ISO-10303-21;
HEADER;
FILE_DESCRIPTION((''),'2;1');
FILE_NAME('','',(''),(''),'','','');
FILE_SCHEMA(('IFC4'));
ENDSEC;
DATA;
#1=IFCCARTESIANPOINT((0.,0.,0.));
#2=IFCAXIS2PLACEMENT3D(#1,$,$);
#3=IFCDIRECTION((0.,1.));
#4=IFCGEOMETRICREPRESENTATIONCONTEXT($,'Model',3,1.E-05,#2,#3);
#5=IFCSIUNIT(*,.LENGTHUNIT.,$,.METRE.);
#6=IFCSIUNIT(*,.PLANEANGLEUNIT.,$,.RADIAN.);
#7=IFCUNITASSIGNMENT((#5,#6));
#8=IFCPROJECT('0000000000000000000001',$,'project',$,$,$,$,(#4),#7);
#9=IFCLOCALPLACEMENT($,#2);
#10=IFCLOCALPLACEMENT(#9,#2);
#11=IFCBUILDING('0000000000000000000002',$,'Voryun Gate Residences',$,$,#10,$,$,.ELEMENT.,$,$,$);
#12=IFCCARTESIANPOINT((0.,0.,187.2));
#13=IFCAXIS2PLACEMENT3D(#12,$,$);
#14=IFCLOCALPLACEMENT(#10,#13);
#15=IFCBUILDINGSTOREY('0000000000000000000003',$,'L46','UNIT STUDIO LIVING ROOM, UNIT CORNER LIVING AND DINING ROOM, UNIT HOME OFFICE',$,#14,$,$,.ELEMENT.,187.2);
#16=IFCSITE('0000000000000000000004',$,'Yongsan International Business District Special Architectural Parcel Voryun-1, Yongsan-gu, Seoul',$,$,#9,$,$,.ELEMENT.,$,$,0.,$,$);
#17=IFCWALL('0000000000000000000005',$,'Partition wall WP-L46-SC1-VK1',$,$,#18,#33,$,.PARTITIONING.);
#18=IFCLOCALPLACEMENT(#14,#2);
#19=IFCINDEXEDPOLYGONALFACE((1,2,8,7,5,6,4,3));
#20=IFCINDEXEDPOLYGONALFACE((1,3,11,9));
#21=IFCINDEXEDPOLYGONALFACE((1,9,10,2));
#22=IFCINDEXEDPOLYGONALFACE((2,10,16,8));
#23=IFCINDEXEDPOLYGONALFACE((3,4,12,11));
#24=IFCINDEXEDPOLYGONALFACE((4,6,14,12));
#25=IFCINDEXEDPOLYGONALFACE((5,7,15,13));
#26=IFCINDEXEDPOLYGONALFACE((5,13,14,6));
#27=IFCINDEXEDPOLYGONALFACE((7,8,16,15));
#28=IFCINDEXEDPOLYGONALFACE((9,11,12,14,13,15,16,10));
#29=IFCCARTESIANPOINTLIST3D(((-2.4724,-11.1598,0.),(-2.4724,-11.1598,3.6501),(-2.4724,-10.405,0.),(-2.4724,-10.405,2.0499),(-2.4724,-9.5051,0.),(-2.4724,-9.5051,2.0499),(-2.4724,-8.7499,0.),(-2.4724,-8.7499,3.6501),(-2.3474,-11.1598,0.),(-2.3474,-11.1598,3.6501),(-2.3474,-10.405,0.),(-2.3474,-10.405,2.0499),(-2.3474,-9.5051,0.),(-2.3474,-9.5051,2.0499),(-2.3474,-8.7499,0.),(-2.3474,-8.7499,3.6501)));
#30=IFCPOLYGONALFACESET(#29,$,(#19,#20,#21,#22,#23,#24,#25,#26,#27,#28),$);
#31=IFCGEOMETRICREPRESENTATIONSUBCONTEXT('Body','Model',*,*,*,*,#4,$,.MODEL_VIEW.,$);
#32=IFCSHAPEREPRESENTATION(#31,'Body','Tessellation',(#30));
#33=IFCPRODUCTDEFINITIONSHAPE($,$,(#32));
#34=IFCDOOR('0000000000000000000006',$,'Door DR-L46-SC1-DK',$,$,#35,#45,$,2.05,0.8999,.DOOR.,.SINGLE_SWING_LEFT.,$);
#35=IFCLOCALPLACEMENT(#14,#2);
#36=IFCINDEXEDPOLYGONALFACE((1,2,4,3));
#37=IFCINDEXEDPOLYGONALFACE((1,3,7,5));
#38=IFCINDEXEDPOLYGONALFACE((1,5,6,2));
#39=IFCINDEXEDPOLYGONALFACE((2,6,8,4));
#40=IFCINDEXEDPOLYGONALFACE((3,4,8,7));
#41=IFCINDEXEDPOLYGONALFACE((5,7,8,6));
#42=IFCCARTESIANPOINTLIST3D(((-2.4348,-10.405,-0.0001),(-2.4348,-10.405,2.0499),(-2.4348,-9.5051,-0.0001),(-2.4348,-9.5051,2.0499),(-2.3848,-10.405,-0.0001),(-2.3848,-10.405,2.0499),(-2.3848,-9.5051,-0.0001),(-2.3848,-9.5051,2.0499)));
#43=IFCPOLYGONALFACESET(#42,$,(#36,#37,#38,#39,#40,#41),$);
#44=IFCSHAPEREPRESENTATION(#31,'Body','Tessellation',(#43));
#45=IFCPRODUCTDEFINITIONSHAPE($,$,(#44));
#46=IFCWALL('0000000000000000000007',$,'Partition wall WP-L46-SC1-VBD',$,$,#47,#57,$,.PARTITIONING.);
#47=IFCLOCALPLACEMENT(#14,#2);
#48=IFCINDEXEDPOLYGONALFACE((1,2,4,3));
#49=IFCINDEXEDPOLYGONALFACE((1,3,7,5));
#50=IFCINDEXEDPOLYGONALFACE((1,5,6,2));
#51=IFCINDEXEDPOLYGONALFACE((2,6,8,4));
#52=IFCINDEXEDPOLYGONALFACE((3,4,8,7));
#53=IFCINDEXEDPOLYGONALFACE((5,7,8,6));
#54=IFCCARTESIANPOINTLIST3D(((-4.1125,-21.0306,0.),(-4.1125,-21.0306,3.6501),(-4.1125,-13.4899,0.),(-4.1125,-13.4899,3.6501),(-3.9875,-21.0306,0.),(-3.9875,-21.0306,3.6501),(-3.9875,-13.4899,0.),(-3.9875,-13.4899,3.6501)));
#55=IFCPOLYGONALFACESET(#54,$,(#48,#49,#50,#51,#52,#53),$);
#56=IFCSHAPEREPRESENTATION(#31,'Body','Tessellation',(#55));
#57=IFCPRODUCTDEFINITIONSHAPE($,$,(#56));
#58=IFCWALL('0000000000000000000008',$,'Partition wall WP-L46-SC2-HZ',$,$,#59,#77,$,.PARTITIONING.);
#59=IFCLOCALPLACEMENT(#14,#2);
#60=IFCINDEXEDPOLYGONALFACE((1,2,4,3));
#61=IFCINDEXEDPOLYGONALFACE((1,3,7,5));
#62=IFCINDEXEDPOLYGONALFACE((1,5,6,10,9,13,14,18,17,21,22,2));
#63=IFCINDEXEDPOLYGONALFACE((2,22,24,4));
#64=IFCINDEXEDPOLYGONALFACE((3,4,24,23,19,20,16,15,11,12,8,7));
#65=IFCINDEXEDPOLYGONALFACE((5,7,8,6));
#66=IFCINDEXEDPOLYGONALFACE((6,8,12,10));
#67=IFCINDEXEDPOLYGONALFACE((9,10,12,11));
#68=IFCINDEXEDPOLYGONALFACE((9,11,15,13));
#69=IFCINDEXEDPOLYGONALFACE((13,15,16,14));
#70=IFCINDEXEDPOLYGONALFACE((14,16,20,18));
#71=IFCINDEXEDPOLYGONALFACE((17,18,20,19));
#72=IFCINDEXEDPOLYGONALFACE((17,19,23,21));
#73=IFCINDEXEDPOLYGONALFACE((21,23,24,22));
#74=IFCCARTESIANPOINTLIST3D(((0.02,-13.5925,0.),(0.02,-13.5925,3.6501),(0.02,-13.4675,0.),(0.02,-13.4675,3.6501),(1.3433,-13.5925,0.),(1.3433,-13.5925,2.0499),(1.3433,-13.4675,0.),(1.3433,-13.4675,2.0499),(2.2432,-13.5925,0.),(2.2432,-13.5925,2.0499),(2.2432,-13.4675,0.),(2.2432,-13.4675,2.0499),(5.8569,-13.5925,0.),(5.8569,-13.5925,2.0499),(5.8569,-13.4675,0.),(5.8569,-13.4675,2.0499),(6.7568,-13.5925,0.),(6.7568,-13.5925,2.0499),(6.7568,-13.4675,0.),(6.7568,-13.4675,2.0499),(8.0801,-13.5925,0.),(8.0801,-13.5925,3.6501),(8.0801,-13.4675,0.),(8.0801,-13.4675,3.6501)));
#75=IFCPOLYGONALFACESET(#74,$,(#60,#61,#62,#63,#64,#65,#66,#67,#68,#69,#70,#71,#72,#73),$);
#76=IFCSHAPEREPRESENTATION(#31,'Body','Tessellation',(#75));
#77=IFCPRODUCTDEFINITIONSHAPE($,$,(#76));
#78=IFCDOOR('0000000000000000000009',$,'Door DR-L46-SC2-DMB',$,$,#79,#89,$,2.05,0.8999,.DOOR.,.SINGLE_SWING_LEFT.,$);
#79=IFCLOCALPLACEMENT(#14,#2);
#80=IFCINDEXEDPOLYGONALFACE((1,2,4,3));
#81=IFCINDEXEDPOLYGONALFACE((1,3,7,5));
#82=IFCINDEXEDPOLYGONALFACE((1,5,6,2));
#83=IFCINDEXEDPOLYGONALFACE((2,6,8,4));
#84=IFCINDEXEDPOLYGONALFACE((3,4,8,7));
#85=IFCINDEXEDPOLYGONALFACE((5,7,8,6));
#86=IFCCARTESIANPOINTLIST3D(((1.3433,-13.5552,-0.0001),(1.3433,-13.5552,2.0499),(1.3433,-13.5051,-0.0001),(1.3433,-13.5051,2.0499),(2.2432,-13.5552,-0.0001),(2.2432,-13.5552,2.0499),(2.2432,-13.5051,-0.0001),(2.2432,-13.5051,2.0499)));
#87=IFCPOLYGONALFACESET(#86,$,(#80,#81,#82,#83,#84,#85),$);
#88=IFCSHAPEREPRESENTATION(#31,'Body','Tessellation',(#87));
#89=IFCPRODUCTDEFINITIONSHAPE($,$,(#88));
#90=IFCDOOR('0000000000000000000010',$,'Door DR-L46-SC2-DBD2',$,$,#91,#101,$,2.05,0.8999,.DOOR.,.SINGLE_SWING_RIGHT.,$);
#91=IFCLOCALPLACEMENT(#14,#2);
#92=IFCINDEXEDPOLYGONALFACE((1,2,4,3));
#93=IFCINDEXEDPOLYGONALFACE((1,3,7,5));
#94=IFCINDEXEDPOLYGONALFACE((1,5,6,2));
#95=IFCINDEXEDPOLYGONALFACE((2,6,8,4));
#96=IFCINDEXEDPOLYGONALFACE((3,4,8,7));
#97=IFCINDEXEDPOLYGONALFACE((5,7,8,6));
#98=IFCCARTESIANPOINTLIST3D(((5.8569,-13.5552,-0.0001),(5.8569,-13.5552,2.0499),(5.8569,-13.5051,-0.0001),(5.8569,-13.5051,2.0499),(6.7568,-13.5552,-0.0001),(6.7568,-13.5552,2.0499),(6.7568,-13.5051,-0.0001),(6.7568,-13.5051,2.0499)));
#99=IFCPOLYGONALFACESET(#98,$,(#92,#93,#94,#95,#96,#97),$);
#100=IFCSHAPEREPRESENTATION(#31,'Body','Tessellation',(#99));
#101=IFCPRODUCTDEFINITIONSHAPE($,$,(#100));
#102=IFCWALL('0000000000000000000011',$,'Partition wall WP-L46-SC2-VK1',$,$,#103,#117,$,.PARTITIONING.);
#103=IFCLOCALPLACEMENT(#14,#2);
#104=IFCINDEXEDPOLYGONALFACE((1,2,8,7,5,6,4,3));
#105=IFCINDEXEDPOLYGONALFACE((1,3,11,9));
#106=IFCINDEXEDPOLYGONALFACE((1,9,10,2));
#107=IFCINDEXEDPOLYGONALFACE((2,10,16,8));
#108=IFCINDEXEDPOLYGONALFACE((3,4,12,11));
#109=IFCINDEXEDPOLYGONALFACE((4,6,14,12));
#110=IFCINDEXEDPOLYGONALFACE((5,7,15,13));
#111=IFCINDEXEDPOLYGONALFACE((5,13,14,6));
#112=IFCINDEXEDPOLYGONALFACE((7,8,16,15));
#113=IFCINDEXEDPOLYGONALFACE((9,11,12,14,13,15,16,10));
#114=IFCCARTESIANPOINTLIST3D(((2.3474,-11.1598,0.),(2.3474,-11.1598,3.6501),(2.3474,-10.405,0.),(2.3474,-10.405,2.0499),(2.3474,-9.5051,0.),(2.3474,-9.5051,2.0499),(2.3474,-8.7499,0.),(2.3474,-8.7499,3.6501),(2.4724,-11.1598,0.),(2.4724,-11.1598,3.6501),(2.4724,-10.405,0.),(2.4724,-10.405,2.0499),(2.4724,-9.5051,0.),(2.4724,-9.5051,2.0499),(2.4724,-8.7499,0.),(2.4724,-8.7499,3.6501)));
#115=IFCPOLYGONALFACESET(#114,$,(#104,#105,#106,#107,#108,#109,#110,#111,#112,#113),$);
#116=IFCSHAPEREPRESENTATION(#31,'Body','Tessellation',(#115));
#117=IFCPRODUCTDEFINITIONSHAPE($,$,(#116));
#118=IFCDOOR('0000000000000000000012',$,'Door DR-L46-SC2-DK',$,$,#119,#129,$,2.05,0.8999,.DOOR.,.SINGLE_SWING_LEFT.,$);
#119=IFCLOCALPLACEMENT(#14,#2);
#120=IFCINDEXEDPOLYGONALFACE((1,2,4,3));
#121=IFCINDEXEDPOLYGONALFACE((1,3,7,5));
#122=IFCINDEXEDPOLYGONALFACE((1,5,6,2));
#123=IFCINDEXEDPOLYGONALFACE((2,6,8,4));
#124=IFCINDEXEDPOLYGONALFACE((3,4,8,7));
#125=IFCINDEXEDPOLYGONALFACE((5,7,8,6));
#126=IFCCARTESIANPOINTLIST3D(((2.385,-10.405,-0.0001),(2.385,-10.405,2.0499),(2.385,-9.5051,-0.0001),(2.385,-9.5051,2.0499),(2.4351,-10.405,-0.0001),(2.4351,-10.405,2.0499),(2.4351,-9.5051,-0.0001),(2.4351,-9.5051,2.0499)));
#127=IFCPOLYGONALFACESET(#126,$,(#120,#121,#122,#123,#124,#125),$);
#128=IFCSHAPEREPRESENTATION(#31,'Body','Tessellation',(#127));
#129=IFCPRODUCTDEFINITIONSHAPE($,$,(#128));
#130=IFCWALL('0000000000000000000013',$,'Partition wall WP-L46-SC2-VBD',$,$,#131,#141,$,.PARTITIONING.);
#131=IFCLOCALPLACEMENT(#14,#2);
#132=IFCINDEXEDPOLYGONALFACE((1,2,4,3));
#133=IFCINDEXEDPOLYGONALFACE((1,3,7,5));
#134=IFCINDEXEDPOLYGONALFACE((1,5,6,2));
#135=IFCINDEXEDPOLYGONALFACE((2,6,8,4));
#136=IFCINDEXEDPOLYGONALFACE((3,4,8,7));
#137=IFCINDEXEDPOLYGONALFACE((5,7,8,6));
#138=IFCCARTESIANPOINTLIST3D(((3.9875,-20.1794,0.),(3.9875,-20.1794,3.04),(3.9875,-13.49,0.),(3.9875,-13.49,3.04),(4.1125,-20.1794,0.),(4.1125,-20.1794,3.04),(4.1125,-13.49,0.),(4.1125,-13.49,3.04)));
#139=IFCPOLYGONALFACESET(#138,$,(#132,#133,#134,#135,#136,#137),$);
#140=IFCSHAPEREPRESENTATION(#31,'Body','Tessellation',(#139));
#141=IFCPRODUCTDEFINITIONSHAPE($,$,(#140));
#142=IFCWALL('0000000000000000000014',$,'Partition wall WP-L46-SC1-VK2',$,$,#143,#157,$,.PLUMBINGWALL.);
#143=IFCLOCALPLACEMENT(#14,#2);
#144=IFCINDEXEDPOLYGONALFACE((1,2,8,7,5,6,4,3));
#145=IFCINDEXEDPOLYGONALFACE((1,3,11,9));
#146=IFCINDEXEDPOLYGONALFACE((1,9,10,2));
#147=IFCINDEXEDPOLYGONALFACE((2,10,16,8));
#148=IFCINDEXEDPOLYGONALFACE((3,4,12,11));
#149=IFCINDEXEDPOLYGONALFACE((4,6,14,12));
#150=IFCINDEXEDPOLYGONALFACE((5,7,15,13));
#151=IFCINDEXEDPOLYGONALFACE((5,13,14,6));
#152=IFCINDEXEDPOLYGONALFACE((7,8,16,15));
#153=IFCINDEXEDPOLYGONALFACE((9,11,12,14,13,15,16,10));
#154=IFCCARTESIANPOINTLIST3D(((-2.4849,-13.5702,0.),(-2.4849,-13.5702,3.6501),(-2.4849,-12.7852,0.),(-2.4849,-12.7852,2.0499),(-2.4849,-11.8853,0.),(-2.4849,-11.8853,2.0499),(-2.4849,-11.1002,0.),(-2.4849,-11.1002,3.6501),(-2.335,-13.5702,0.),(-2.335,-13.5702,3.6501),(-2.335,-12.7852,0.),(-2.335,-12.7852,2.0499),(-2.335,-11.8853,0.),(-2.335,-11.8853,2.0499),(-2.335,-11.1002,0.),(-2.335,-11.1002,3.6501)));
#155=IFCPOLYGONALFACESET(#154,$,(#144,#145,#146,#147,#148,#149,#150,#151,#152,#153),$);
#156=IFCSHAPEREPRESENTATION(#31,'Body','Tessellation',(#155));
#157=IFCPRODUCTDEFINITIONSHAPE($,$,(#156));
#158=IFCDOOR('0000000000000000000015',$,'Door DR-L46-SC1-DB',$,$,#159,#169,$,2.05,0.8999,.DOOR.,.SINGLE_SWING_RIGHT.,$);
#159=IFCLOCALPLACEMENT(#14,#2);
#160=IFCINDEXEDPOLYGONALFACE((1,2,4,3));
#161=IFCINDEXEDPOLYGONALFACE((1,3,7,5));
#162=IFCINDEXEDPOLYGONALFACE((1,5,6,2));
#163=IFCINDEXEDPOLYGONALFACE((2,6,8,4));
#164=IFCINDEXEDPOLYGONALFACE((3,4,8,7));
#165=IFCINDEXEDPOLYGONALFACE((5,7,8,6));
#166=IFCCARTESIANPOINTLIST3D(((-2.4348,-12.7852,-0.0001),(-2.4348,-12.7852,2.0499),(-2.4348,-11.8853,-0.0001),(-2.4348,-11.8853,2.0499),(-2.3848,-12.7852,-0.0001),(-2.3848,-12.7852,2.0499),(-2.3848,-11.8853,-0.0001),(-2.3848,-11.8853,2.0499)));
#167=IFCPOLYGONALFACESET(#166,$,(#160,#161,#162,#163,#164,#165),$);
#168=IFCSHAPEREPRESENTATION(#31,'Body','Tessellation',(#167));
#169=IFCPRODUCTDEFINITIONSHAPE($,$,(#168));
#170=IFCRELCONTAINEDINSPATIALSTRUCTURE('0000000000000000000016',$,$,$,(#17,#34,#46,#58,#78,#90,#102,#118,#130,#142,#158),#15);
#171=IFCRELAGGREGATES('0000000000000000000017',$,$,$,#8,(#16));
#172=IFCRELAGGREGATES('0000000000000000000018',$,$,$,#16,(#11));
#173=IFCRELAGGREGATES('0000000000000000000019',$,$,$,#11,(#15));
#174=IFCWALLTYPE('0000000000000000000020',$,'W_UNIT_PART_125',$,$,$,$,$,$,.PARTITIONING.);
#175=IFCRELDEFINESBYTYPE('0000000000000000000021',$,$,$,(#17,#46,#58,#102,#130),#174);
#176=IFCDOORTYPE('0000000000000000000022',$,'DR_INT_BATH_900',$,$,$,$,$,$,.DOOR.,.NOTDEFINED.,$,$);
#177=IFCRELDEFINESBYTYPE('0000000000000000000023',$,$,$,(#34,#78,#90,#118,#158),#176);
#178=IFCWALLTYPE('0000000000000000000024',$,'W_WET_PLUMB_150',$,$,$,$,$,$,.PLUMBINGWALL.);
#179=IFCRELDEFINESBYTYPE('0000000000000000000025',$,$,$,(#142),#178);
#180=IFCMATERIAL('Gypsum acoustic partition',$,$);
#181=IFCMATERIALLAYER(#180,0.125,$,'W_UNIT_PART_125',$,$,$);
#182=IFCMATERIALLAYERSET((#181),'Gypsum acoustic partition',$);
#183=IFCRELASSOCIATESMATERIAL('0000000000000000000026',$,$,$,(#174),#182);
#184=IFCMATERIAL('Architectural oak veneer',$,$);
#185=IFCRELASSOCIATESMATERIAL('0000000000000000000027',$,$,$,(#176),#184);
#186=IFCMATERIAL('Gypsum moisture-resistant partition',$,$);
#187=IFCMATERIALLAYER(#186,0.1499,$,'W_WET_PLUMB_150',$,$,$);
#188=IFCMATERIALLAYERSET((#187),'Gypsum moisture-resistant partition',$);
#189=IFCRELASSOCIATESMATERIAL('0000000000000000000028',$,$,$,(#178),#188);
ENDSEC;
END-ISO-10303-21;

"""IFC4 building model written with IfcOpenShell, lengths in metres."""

from ifc_helpers import new_model, si_unit, direction, frame, frame_2d, origin, place, context, subcontext, project, spatial, rectangle, extrude, material, layer, layer_set, type_object, element, fill, save


model = new_model("IFC4")

# Units and contexts
model_context = context("Model", 3, precision=1e-05, world=origin(), true_north=direction((0.0, 1.0)))
body_context = subcontext(model_context, "Body", "Model", "MODEL_VIEW")
ifc_project = project(units=[si_unit("LENGTHUNIT", "METRE"), si_unit("PLANEANGLEUNIT", "RADIAN")], contexts=[model_context])

# Site, building, storey
site_placement = place(None, origin())
site = spatial("IfcSite", under=ifc_project, at=site_placement, Name="Yongsan International Business District Special Architectural Parcel Voryun-1, Yongsan-gu, Seoul", CompositionType="ELEMENT", RefElevation=0.0)
building_placement = place(site_placement, origin())
building = spatial("IfcBuilding", under=site, at=building_placement, Name="Voryun Gate Residences", CompositionType="ELEMENT")
storey_placement = place(building_placement, frame((0.0, 0.0, 187.2)))
storey = spatial("IfcBuildingStorey", under=building, at=storey_placement, Name="L46", Description="UNIT STUDIO LIVING ROOM, UNIT CORNER LIVING AND DINING ROOM, UNIT HOME OFFICE", CompositionType="ELEMENT", Elevation=187.2)

# Wall, opening, door
ifc_material_1 = material(Name="Gypsum acoustic partition")
ifc_layer_1 = layer(ifc_material_1, 0.125, Name="W_UNIT_PART_125")
ifc_layer_set_1 = layer_set([ifc_layer_1], Name="Gypsum acoustic partition")
wall_type_1 = type_object("IfcWallType", Name="W_UNIT_PART_125", PredefinedType="PARTITIONING", material=ifc_layer_set_1)
wall_1_placement = place(storey_placement, frame((-2.4099, -11.1599, 0.0), z_axis=(0.0, 0.0, 1.0), x_axis=(0.0, 1.0, 0.0)))
wall_1 = element("IfcWall", 1, at=wall_1_placement, inside=storey, type_object=wall_type_1, Name="Partition wall WP-L46-SC1-VK1", PredefinedType="PARTITIONING", context=body_context, shape_type="SweptSolid", body=[
    extrude(rectangle(XDim=2.4099, YDim=0.125, at=frame_2d((1.2051, 0.0))), origin(), (0.0, 0.0, 1.0), 3.6501),
])
opening_1_placement = place(wall_1_placement, frame((0.7549, 0.0, 0.0)))
opening_1 = element("IfcOpeningElement", 2, at=opening_1_placement, cuts=wall_1, PredefinedType="OPENING", context=body_context, shape_type="SweptSolid", body=[
    extrude(rectangle(XDim=0.8999, YDim=2.05, at=frame_2d((0.45, 1.0249))), frame((0.0, 0.0725, 0.0), z_axis=(0.0, -1.0, 0.0), x_axis=(1.0, 0.0, 0.0)), (0.0, 0.0, 1.0), 0.145),
])
ifc_material_2 = material(Name="Architectural oak veneer")
door_type_1 = type_object("IfcDoorType", Name="DR_INT_BATH_900", OperationType="NOTDEFINED", PredefinedType="DOOR", material=ifc_material_2)
door_1_placement = place(opening_1_placement, origin())
door_1 = element("IfcDoor", 3, at=door_1_placement, inside=storey, type_object=door_type_1, Name="Door DR-L46-SC1-DK", OperationType="SINGLE_SWING_LEFT", OverallHeight=2.05, OverallWidth=0.8999, PredefinedType="DOOR", context=body_context, shape_type="SweptSolid", body=[
    extrude(rectangle(XDim=0.8999, YDim=2.05, at=frame_2d((0.45, 1.0249))), frame((0.0, 0.0249, 0.0), z_axis=(0.0, -1.0, 0.0), x_axis=(1.0, 0.0, 0.0)), (0.0, 0.0, 1.0), 0.05),
])
fill(opening_1, door_1)

# Wall
wall_2_placement = place(storey_placement, frame((-4.05, -21.0308, 0.0), z_axis=(0.0, 0.0, 1.0), x_axis=(0.0, 1.0, 0.0)))
element("IfcWall", 4, at=wall_2_placement, inside=storey, type_object=wall_type_1, Name="Partition wall WP-L46-SC1-VBD", PredefinedType="PARTITIONING", context=body_context, shape_type="SweptSolid", body=[
    extrude(rectangle(XDim=7.5408, YDim=0.125, at=frame_2d((3.7705, 0.0))), origin(), (0.0, 0.0, 1.0), 3.6501),
])

# Wall, openings, doors
wall_3_placement = place(storey_placement, frame((0.02, -13.53, 0.0), z_axis=(0.0, 0.0, 1.0), x_axis=(1.0, 0.0, 0.0)))
wall_3 = element("IfcWall", 5, at=wall_3_placement, inside=storey, type_object=wall_type_1, Name="Partition wall WP-L46-SC2-HZ", PredefinedType="PARTITIONING", context=body_context, shape_type="SweptSolid", body=[
    extrude(rectangle(XDim=8.0601, YDim=0.125, at=frame_2d((4.03, 0.0))), origin(), (0.0, 0.0, 1.0), 3.6501),
])
opening_2_placement = place(wall_3_placement, frame((1.3232, 0.0, 0.0)))
opening_2 = element("IfcOpeningElement", 6, at=opening_2_placement, cuts=wall_3, PredefinedType="OPENING", context=body_context, shape_type="SweptSolid", body=[
    extrude(rectangle(XDim=0.8999, YDim=2.05, at=frame_2d((0.45, 1.0249))), frame((0.0, 0.0725, 0.0), z_axis=(0.0, -1.0, 0.0), x_axis=(1.0, 0.0, 0.0)), (0.0, 0.0, 1.0), 0.145),
])
opening_3_placement = place(wall_3_placement, frame((5.8369, 0.0, 0.0)))
opening_3 = element("IfcOpeningElement", 7, at=opening_3_placement, cuts=wall_3, PredefinedType="OPENING", context=body_context, shape_type="SweptSolid", body=[
    extrude(rectangle(XDim=0.8999, YDim=2.05, at=frame_2d((0.45, 1.0249))), frame((0.0, 0.0725, 0.0), z_axis=(0.0, -1.0, 0.0), x_axis=(1.0, 0.0, 0.0)), (0.0, 0.0, 1.0), 0.145),
])
door_2_placement = place(opening_2_placement, origin())
door_2 = element("IfcDoor", 8, at=door_2_placement, inside=storey, type_object=door_type_1, Name="Door DR-L46-SC2-DMB", OperationType="SINGLE_SWING_LEFT", OverallHeight=2.05, OverallWidth=0.8999, PredefinedType="DOOR", context=body_context, shape_type="SweptSolid", body=[
    extrude(rectangle(XDim=0.8999, YDim=2.05, at=frame_2d((0.45, 1.0249))), frame((0.0, 0.0249, 0.0), z_axis=(0.0, -1.0, 0.0), x_axis=(1.0, 0.0, 0.0)), (0.0, 0.0, 1.0), 0.05),
])
fill(opening_2, door_2)
door_3_placement = place(opening_3_placement, origin())
door_3 = element("IfcDoor", 9, at=door_3_placement, inside=storey, type_object=door_type_1, Name="Door DR-L46-SC2-DBD2", OperationType="SINGLE_SWING_RIGHT", OverallHeight=2.05, OverallWidth=0.8999, PredefinedType="DOOR", context=body_context, shape_type="SweptSolid", body=[
    extrude(rectangle(XDim=0.8999, YDim=2.05, at=frame_2d((0.45, 1.0249))), frame((0.0, 0.0249, 0.0), z_axis=(0.0, -1.0, 0.0), x_axis=(1.0, 0.0, 0.0)), (0.0, 0.0, 1.0), 0.05),
])
fill(opening_3, door_3)

# Wall, opening, door
wall_4_placement = place(storey_placement, frame((2.4099, -11.1599, 0.0), z_axis=(0.0, 0.0, 1.0), x_axis=(0.0, 1.0, 0.0)))
wall_4 = element("IfcWall", 10, at=wall_4_placement, inside=storey, type_object=wall_type_1, Name="Partition wall WP-L46-SC2-VK1", PredefinedType="PARTITIONING", context=body_context, shape_type="SweptSolid", body=[
    extrude(rectangle(XDim=2.4099, YDim=0.125, at=frame_2d((1.2051, 0.0))), origin(), (0.0, 0.0, 1.0), 3.6501),
])
opening_4_placement = place(wall_4_placement, frame((0.7549, 0.0, 0.0)))
opening_4 = element("IfcOpeningElement", 11, at=opening_4_placement, cuts=wall_4, PredefinedType="OPENING", context=body_context, shape_type="SweptSolid", body=[
    extrude(rectangle(XDim=0.8999, YDim=2.05, at=frame_2d((0.45, 1.0249))), frame((0.0, 0.0725, 0.0), z_axis=(0.0, -1.0, 0.0), x_axis=(1.0, 0.0, 0.0)), (0.0, 0.0, 1.0), 0.145),
])
door_4_placement = place(opening_4_placement, origin())
door_4 = element("IfcDoor", 12, at=door_4_placement, inside=storey, type_object=door_type_1, Name="Door DR-L46-SC2-DK", OperationType="SINGLE_SWING_LEFT", OverallHeight=2.05, OverallWidth=0.8999, PredefinedType="DOOR", context=body_context, shape_type="SweptSolid", body=[
    extrude(rectangle(XDim=0.8999, YDim=2.05, at=frame_2d((0.45, 1.0249))), frame((0.0, 0.0249, 0.0), z_axis=(0.0, -1.0, 0.0), x_axis=(1.0, 0.0, 0.0)), (0.0, 0.0, 1.0), 0.05),
])
fill(opening_4, door_4)

# Wall
wall_5_placement = place(storey_placement, frame((4.05, -20.1794, 0.0), z_axis=(0.0, 0.0, 1.0), x_axis=(0.0, 1.0, 0.0)))
element("IfcWall", 13, at=wall_5_placement, inside=storey, type_object=wall_type_1, Name="Partition wall WP-L46-SC2-VBD", PredefinedType="PARTITIONING", context=body_context, shape_type="SweptSolid", body=[
    extrude(rectangle(XDim=6.6895, YDim=0.125, at=frame_2d((3.3447, 0.0))), origin(), (0.0, 0.0, 1.0), 3.04),
])

# Wall, opening, door
ifc_material_3 = material(Name="Gypsum moisture-resistant partition")
ifc_layer_2 = layer(ifc_material_3, 0.1499, Name="W_WET_PLUMB_150")
ifc_layer_set_2 = layer_set([ifc_layer_2], Name="Gypsum moisture-resistant partition")
wall_type_2 = type_object("IfcWallType", Name="W_WET_PLUMB_150", PredefinedType="PLUMBINGWALL", material=ifc_layer_set_2)
wall_6_placement = place(storey_placement, frame((-2.4099, -13.5701, 0.0), z_axis=(0.0, 0.0, 1.0), x_axis=(0.0, 1.0, 0.0)))
wall_6 = element("IfcWall", 14, at=wall_6_placement, inside=storey, type_object=wall_type_2, Name="Partition wall WP-L46-SC1-VK2", PredefinedType="PLUMBINGWALL", context=body_context, shape_type="SweptSolid", body=[
    extrude(rectangle(XDim=2.47, YDim=0.1499, at=frame_2d((1.2349, 0.0))), origin(), (0.0, 0.0, 1.0), 3.6501),
])
opening_5_placement = place(wall_6_placement, frame((0.7849, 0.0, 0.0)))
opening_5 = element("IfcOpeningElement", 15, at=opening_5_placement, cuts=wall_6, PredefinedType="OPENING", context=body_context, shape_type="SweptSolid", body=[
    extrude(rectangle(XDim=0.8999, YDim=2.05, at=frame_2d((0.45, 1.0249))), frame((0.0, 0.085, 0.0), z_axis=(0.0, -1.0, 0.0), x_axis=(1.0, 0.0, 0.0)), (0.0, 0.0, 1.0), 0.1699),
])
door_5_placement = place(opening_5_placement, origin())
door_5 = element("IfcDoor", 16, at=door_5_placement, inside=storey, type_object=door_type_1, Name="Door DR-L46-SC1-DB", OperationType="SINGLE_SWING_RIGHT", OverallHeight=2.05, OverallWidth=0.8999, PredefinedType="DOOR", context=body_context, shape_type="SweptSolid", body=[
    extrude(rectangle(XDim=0.8999, YDim=2.05, at=frame_2d((0.45, 1.0249))), frame((0.0, 0.0249, 0.0), z_axis=(0.0, -1.0, 0.0), x_axis=(1.0, 0.0, 0.0)), (0.0, 0.0, 1.0), 0.05),
])
fill(opening_5, door_5)

save(model, "model.ifc")
